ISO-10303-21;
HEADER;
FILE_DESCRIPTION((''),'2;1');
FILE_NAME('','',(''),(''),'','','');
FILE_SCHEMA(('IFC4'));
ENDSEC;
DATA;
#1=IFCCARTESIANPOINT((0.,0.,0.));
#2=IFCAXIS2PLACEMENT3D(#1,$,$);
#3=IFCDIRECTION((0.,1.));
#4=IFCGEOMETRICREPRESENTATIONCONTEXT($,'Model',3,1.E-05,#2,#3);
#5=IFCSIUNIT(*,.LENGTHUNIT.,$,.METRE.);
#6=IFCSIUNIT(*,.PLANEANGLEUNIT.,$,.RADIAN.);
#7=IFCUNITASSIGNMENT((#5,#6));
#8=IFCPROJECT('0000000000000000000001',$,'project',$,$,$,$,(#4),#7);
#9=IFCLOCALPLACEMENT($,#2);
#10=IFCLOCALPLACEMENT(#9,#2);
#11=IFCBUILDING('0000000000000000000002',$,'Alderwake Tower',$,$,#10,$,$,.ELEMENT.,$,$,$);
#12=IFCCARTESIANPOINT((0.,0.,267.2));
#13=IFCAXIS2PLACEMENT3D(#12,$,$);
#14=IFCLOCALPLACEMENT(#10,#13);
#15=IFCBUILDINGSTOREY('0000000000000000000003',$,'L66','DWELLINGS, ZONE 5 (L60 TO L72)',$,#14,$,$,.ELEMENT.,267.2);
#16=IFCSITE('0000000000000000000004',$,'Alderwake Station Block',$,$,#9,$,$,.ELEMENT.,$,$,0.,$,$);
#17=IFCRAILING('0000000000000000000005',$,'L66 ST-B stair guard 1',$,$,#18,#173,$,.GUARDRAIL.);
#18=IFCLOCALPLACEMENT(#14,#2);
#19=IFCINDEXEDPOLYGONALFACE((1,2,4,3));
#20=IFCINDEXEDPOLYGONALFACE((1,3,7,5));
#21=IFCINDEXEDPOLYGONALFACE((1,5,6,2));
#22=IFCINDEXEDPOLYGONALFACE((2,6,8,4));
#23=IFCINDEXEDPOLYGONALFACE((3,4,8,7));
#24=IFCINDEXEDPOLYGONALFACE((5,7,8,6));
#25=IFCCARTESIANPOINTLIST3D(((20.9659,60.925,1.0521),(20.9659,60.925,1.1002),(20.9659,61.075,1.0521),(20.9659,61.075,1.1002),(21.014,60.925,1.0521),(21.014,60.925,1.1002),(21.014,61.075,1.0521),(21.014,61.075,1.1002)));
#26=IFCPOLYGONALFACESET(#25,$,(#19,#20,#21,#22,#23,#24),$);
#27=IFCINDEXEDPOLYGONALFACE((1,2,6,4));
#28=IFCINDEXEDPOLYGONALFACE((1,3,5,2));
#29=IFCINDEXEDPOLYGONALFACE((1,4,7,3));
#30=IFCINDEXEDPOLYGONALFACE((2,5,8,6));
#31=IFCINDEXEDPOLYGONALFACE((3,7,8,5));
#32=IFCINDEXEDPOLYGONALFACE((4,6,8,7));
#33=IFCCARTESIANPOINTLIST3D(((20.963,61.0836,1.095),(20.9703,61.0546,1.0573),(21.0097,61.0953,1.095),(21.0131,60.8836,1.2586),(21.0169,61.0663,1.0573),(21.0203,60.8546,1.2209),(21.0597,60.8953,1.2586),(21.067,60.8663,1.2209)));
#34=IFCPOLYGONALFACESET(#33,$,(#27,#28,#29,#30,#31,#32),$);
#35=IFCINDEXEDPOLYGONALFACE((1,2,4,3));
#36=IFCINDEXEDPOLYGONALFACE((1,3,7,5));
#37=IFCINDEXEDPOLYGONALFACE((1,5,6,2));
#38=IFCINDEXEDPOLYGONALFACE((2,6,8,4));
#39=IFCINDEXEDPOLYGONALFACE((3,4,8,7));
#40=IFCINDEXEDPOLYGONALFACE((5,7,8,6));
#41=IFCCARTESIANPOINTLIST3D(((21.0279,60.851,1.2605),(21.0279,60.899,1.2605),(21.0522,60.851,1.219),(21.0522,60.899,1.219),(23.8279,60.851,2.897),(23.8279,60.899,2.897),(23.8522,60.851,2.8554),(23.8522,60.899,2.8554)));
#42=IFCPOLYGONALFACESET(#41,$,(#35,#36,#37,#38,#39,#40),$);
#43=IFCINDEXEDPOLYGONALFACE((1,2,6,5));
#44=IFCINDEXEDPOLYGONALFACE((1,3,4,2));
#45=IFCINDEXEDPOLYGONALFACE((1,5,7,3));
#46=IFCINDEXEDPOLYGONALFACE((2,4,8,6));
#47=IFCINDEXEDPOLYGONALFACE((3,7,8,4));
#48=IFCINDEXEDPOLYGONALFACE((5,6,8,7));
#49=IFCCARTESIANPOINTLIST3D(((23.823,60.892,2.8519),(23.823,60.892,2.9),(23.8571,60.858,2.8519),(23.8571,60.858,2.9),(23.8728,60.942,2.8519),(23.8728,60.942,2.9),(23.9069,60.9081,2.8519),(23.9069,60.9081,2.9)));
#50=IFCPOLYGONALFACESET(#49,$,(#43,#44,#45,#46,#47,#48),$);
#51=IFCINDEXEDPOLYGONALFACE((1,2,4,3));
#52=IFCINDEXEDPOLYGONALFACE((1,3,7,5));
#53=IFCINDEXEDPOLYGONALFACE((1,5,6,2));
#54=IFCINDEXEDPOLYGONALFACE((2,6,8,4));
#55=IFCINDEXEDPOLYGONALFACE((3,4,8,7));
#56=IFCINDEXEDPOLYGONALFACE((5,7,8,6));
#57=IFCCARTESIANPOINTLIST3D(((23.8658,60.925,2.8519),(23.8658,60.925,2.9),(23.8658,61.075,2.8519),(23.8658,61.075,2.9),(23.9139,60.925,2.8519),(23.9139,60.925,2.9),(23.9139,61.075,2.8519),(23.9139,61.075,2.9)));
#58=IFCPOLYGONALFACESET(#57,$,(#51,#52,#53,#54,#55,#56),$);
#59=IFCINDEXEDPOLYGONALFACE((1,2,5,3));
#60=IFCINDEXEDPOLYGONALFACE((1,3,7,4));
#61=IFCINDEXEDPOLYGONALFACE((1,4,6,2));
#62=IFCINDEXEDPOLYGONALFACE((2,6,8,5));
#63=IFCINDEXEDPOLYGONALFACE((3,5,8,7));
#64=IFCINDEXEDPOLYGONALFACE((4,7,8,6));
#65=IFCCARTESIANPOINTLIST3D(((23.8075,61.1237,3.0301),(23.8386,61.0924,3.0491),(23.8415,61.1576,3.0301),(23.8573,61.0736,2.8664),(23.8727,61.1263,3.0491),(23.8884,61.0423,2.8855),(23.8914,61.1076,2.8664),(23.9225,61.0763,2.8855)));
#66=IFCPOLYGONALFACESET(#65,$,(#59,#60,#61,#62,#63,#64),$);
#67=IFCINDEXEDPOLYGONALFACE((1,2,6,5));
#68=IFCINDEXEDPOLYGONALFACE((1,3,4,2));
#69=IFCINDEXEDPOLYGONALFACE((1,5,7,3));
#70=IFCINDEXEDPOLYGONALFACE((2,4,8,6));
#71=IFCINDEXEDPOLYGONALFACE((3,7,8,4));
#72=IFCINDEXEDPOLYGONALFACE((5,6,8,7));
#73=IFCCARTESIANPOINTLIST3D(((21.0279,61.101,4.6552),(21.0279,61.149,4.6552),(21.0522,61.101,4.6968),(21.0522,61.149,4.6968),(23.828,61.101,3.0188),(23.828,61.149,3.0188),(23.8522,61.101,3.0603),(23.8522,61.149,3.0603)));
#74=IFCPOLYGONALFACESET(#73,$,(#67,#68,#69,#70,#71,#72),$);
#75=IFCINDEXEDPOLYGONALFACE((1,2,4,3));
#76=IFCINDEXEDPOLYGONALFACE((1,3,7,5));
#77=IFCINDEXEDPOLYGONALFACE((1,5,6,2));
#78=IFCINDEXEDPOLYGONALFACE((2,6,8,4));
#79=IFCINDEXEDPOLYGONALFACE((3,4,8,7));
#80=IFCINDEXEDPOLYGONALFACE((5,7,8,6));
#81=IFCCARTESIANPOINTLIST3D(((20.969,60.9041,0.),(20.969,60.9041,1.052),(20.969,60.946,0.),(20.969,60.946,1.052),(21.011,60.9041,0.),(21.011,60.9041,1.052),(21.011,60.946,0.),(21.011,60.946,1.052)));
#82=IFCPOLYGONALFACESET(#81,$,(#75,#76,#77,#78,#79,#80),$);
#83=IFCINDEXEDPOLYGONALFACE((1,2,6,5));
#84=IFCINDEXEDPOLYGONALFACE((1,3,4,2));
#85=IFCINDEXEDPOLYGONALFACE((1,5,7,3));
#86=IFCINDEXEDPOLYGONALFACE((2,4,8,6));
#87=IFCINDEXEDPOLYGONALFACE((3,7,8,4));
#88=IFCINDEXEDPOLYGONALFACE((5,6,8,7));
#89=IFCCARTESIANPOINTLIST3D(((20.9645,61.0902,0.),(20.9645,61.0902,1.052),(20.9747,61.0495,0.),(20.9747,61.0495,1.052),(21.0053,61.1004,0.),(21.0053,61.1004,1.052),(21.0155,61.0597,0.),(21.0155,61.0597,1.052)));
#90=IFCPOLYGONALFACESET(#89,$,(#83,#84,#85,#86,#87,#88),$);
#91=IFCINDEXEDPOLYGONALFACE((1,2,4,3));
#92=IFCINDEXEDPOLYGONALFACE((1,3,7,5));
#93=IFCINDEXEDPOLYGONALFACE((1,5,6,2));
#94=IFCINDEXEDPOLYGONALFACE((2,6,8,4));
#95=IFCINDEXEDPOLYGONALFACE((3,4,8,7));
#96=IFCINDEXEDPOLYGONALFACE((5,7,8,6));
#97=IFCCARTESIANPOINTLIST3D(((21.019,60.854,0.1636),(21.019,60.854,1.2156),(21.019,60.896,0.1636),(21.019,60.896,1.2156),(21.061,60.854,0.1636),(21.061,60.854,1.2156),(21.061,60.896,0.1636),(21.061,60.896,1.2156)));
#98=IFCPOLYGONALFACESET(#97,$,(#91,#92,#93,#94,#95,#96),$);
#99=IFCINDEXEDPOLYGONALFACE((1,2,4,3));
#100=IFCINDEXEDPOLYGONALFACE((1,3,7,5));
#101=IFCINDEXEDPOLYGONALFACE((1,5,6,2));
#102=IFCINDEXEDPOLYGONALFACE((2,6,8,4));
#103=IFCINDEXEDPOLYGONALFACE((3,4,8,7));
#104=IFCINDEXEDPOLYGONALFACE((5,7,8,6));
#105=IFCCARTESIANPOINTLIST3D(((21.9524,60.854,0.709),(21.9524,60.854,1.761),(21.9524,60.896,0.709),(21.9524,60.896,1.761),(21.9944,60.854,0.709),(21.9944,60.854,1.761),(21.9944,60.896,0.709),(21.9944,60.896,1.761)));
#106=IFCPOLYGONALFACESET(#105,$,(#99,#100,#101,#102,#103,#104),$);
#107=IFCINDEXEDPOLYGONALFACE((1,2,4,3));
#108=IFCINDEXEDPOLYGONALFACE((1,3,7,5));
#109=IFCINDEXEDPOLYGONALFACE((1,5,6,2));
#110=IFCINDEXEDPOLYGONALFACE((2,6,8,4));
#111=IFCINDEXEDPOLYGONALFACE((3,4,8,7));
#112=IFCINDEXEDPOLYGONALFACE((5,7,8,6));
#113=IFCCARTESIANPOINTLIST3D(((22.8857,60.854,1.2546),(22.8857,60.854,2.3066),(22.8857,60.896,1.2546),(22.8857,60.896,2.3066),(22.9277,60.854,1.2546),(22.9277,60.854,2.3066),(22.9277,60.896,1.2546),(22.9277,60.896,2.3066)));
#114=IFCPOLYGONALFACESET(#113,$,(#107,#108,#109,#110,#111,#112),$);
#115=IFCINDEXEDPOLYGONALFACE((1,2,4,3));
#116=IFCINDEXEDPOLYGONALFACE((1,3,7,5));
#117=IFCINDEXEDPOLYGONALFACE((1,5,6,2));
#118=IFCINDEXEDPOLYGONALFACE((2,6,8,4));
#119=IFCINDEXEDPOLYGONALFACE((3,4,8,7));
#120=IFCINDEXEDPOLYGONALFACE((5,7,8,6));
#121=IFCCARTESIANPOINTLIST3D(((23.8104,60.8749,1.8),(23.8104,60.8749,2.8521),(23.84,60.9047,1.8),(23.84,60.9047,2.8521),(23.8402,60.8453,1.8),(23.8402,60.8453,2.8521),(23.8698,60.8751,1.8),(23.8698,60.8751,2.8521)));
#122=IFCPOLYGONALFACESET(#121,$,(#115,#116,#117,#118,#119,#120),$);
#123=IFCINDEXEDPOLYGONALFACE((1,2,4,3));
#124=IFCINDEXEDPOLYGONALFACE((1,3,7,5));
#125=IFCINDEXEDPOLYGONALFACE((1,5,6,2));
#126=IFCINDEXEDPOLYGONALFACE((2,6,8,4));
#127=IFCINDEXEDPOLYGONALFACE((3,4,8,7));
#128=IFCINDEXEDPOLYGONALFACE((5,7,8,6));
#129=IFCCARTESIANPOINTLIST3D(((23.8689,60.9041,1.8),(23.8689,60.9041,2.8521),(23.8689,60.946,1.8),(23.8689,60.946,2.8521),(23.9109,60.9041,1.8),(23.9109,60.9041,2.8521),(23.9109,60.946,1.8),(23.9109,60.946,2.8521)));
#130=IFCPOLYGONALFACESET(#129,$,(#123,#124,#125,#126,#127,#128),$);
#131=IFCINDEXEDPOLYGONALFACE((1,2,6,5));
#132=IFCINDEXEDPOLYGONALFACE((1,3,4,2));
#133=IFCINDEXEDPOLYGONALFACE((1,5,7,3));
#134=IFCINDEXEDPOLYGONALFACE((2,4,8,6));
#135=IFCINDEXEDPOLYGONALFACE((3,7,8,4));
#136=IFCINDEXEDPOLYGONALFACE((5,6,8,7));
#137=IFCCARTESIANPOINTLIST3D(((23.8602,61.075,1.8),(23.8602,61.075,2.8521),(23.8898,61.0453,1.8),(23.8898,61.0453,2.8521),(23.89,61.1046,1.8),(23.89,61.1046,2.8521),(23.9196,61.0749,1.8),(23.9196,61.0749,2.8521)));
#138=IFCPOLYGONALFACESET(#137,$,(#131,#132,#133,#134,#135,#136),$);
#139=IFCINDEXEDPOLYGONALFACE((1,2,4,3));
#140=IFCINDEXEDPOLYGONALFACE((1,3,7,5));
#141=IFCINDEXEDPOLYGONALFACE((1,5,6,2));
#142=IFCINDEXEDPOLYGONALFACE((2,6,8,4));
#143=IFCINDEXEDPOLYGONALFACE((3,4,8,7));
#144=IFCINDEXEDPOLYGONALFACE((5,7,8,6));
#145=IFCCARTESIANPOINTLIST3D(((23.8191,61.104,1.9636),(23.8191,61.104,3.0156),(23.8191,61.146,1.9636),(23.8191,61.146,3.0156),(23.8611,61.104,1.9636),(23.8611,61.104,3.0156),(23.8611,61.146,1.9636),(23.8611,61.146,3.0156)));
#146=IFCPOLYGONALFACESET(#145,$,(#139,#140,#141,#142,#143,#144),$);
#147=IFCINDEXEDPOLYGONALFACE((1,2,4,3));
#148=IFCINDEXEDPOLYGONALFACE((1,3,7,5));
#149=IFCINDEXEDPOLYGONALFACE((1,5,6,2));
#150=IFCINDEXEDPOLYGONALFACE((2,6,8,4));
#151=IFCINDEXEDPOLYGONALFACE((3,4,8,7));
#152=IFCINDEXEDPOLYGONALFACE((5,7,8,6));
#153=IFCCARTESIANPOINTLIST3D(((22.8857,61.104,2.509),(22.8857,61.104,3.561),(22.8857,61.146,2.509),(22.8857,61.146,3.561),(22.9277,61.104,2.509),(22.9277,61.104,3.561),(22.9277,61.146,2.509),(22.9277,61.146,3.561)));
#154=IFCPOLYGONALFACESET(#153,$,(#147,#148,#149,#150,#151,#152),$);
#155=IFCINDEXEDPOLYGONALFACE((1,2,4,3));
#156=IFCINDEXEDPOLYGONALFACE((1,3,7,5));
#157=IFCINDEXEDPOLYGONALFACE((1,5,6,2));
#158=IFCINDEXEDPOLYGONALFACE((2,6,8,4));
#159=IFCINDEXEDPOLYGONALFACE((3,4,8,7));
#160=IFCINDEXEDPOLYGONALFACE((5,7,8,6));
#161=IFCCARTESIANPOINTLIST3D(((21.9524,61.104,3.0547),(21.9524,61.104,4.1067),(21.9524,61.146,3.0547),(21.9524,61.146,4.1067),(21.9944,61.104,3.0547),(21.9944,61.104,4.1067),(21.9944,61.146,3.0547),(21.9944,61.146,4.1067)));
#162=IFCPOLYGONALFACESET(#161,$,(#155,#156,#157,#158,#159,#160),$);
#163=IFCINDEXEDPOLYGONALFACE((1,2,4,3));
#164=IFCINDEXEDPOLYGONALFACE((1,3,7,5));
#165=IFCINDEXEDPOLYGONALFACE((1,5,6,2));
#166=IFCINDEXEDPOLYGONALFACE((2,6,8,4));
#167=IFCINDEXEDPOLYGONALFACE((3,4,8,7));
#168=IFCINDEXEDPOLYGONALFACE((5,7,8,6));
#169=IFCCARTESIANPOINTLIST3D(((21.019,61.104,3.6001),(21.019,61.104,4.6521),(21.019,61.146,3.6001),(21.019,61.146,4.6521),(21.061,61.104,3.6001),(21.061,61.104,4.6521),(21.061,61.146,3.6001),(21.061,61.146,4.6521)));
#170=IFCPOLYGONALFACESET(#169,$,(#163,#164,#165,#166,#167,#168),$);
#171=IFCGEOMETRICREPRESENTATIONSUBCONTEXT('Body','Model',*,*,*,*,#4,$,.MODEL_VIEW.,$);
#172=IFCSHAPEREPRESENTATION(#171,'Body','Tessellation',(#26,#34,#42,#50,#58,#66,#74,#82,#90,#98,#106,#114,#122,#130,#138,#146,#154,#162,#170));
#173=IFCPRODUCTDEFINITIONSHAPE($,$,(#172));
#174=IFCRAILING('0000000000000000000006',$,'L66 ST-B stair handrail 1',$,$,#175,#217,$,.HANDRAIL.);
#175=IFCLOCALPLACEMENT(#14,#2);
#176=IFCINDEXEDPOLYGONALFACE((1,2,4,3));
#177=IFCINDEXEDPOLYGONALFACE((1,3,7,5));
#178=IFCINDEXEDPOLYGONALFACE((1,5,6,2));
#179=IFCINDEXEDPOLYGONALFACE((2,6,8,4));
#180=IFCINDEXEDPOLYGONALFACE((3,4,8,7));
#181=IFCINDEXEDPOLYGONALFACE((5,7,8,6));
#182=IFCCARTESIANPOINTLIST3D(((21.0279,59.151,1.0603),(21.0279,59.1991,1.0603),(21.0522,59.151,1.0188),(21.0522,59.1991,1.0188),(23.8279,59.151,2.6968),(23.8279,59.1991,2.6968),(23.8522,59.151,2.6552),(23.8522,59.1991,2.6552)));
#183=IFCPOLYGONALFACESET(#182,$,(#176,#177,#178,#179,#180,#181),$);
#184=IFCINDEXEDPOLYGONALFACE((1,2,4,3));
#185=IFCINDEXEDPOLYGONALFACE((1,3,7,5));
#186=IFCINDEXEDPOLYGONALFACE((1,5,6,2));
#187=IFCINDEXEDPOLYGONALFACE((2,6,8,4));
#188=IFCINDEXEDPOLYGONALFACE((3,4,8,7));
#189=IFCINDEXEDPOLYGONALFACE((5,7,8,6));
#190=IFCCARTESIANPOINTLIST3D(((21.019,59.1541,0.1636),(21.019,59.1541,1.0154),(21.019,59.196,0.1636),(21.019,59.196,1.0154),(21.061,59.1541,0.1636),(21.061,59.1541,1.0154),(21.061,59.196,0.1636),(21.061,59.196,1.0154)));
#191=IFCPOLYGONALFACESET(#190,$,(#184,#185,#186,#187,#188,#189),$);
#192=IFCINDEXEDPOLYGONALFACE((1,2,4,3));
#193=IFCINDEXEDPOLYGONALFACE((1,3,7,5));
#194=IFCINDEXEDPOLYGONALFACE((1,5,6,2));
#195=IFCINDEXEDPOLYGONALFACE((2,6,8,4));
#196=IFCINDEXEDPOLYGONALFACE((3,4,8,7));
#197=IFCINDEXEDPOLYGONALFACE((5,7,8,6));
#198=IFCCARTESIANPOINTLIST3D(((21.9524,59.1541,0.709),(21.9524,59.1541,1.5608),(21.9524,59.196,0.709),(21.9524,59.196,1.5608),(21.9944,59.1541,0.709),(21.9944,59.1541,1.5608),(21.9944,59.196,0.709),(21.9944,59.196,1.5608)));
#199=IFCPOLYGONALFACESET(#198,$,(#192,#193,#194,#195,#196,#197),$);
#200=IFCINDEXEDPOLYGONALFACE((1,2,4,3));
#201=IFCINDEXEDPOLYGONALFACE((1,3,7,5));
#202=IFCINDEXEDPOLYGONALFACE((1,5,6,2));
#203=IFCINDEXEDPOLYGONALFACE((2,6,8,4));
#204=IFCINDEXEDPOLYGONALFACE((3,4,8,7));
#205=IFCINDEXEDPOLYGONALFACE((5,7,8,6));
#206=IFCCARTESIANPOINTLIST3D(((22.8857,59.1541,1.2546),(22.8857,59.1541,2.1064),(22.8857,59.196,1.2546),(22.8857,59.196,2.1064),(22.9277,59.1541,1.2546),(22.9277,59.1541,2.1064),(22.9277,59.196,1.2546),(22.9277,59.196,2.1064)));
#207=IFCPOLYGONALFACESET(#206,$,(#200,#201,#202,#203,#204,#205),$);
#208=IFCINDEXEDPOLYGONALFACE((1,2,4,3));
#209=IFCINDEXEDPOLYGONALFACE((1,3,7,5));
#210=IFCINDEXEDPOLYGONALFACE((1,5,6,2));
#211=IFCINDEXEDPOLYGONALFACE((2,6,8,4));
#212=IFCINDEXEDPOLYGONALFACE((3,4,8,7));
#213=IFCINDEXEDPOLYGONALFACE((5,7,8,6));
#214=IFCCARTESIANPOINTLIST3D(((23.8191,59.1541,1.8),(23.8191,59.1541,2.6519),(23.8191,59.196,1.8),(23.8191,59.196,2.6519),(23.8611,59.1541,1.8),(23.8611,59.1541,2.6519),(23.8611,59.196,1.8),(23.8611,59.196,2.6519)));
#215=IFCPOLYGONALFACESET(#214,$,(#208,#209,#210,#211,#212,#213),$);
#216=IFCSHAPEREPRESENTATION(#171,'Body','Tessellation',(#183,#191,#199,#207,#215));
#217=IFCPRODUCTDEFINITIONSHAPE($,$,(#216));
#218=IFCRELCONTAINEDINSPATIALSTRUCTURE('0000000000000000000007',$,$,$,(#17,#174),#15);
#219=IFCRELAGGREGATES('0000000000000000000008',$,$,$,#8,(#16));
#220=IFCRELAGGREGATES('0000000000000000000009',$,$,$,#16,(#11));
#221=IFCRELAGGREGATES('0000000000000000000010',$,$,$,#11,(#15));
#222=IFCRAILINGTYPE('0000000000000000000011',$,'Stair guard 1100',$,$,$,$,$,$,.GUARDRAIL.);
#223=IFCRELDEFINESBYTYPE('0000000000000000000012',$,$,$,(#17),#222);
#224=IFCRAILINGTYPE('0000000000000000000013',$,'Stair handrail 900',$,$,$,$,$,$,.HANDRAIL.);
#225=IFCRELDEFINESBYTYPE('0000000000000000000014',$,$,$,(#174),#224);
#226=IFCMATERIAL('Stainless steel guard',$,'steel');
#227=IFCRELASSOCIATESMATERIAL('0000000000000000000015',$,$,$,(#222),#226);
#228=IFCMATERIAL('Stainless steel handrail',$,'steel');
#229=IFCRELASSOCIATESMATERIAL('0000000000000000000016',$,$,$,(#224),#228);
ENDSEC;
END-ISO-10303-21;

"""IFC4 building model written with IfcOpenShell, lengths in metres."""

from ifc_helpers import new_model, si_unit, direction, frame, origin, origin_with_axes, origin_2d, place, context, subcontext, project, spatial, rectangle, extrude, material, type_object, element, save


model = new_model("IFC4")

# Units and contexts
model_context = context("Model", 3, precision=1e-05, world=origin(), true_north=direction((0.0, 1.0)))
body_context = subcontext(model_context, "Body", "Model", "MODEL_VIEW")
ifc_project = project(units=[si_unit("LENGTHUNIT", "METRE"), si_unit("PLANEANGLEUNIT", "RADIAN")], contexts=[model_context])

# Site, building, storey
site_placement = place(None, origin())
site = spatial("IfcSite", under=ifc_project, at=site_placement, Name="Alderwake Station Block", CompositionType="ELEMENT", RefElevation=0.0)
building_placement = place(site_placement, origin())
building = spatial("IfcBuilding", under=site, at=building_placement, Name="Alderwake Tower", CompositionType="ELEMENT")
storey_placement = place(building_placement, frame((0.0, 0.0, 267.2)))
storey = spatial("IfcBuildingStorey", under=building, at=storey_placement, Name="L66", Description="DWELLINGS, ZONE 5 (L60 TO L72)", CompositionType="ELEMENT", Elevation=267.2)

# Railings
ifc_material_1 = material(Name="Stainless steel guard", Category="steel")
railing_type_1 = type_object("IfcRailingType", Name="Stair guard 1100", PredefinedType="GUARDRAIL", material=ifc_material_1)
railing_1_placement = place(storey_placement, frame((20.99, 60.925, 0.0)))
element("IfcRailing", 1, at=railing_1_placement, inside=storey, type_object=railing_type_1, Name="L66 ST-B stair guard 1", PredefinedType="GUARDRAIL", context=body_context, shape_type="SweptSolid", body=[
    extrude(rectangle(XDim=0.0481, YDim=0.0481, at=origin_2d()), frame((0.0, 0.0, 1.0762), z_axis=(0.0, 1.0, 0.0), x_axis=(-1.0, 0.0, 0.0)), (0.0, 0.0, 1.0), 0.1499),
    extrude(rectangle(XDim=0.0481, YDim=0.0481, at=origin_2d()), frame((0.0, 0.1499, 1.0762), z_axis=(0.1902, -0.75987, 0.621628), x_axis=(0.970073, 0.242814, 0.0)), (0.0, 0.0, 1.0), 0.2632),
    extrude(rectangle(XDim=0.0481, YDim=0.0481, at=origin_2d()), frame((0.05, -0.05, 1.2397), z_axis=(0.863361, 0.0, 0.504587), x_axis=(0.0, 1.0, 0.0)), (0.0, 0.0, 1.0), 3.2432),
    extrude(rectangle(XDim=0.0481, YDim=0.0481, at=origin_2d()), frame((2.8501, -0.05, 2.876), z_axis=(0.705376, 0.708834, 0.0), x_axis=(-0.708834, 0.705376, 0.0)), (0.0, 0.0, 1.0), 0.0706),
    extrude(rectangle(XDim=0.0481, YDim=0.0481, at=origin_2d()), frame((2.8999, 0.0, 2.876), z_axis=(0.0, 1.0, 0.0), x_axis=(-1.0, 0.0, 0.0)), (0.0, 0.0, 1.0), 0.1499),
    extrude(rectangle(XDim=0.0481, YDim=0.0481, at=origin_2d()), frame((2.8999, 0.1499, 2.876), z_axis=(-0.279546, 0.280917, 0.918118), x_axis=(-0.708834, -0.705376, 0.0)), (0.0, 0.0, 1.0), 0.1782),
    extrude(rectangle(XDim=0.0481, YDim=0.0481, at=origin_2d()), frame((2.8501, 0.2, 3.0396), z_axis=(-0.863361, 0.0, 0.504587), x_axis=(0.0, -1.0, 0.0)), (0.0, 0.0, 1.0), 3.2432),
    extrude(rectangle(XDim=0.042, YDim=0.042, at=origin_2d()), frame((0.0, 0.0, 0.0), z_axis=(0.0, 0.0, 1.0), x_axis=(0.0, 1.0, 0.0)), (0.0, 0.0, 1.0), 1.052),
    extrude(rectangle(XDim=0.042, YDim=0.042, at=origin_2d()), frame((0.0, 0.1499, 0.0), z_axis=(0.0, 0.0, 1.0), x_axis=(0.242814, -0.970073, 0.0)), (0.0, 0.0, 1.0), 1.052),
    extrude(rectangle(XDim=0.042, YDim=0.042, at=origin_2d()), frame((0.05, -0.05, 0.1636), z_axis=(0.0, 0.0, 1.0), x_axis=(1.0, 0.0, 0.0)), (0.0, 0.0, 1.0), 1.052),
    extrude(rectangle(XDim=0.042, YDim=0.042, at=origin_2d()), frame((0.9834, -0.05, 0.709), z_axis=(0.0, 0.0, 1.0), x_axis=(1.0, 0.0, 0.0)), (0.0, 0.0, 1.0), 1.052),
    extrude(rectangle(XDim=0.042, YDim=0.042, at=origin_2d()), frame((1.9167, -0.05, 1.2546), z_axis=(0.0, 0.0, 1.0), x_axis=(1.0, 0.0, 0.0)), (0.0, 0.0, 1.0), 1.052),
    extrude(rectangle(XDim=0.042, YDim=0.042, at=origin_2d()), frame((2.8501, -0.05, 1.8), z_axis=(0.0, 0.0, 1.0), x_axis=(0.705376, 0.708834, 0.0)), (0.0, 0.0, 1.0), 1.052),
    extrude(rectangle(XDim=0.042, YDim=0.042, at=origin_2d()), frame((2.8999, 0.0, 1.8), z_axis=(0.0, 0.0, 1.0), x_axis=(0.0, 1.0, 0.0)), (0.0, 0.0, 1.0), 1.052),
    extrude(rectangle(XDim=0.042, YDim=0.042, at=origin_2d()), frame((2.8999, 0.1499, 1.8), z_axis=(0.0, 0.0, 1.0), x_axis=(-0.705376, 0.708834, 0.0)), (0.0, 0.0, 1.0), 1.052),
    extrude(rectangle(XDim=0.042, YDim=0.042, at=origin_2d()), frame((2.8501, 0.2, 1.9636), z_axis=(0.0, 0.0, 1.0), x_axis=(-1.0, 0.0, 0.0)), (0.0, 0.0, 1.0), 1.052),
    extrude(rectangle(XDim=0.042, YDim=0.042, at=origin_2d()), frame((1.9167, 0.2, 2.509), z_axis=(0.0, 0.0, 1.0), x_axis=(-1.0, 0.0, 0.0)), (0.0, 0.0, 1.0), 1.052),
    extrude(rectangle(XDim=0.042, YDim=0.042, at=origin_2d()), frame((0.9834, 0.2, 3.0547), z_axis=(0.0, 0.0, 1.0), x_axis=(-1.0, 0.0, 0.0)), (0.0, 0.0, 1.0), 1.052),
    extrude(rectangle(XDim=0.042, YDim=0.042, at=origin_2d()), frame((0.05, 0.2, 3.6001), z_axis=(0.0, 0.0, 1.0), x_axis=(-1.0, 0.0, 0.0)), (0.0, 0.0, 1.0), 1.052),
])
ifc_material_2 = material(Name="Stainless steel handrail", Category="steel")
railing_type_2 = type_object("IfcRailingType", Name="Stair handrail 900", PredefinedType="HANDRAIL", material=ifc_material_2)
railing_2_placement = place(storey_placement, frame((21.04, 59.175, 0.1636)))
element("IfcRailing", 2, at=railing_2_placement, inside=storey, type_object=railing_type_2, Name="L66 ST-B stair handrail 1", PredefinedType="HANDRAIL", context=body_context, shape_type="SweptSolid", body=[
    extrude(rectangle(XDim=0.0481, YDim=0.0481, at=origin_2d()), frame((0.0, 0.0, 0.876), z_axis=(0.863361, 0.0, 0.504587), x_axis=(0.0, 1.0, 0.0)), (0.0, 0.0, 1.0), 3.2432),
    extrude(rectangle(XDim=0.042, YDim=0.042, at=origin_2d()), origin_with_axes(), (0.0, 0.0, 1.0), 0.8518),
    extrude(rectangle(XDim=0.042, YDim=0.042, at=origin_2d()), frame((0.9333, 0.0, 0.5454), z_axis=(0.0, 0.0, 1.0), x_axis=(1.0, 0.0, 0.0)), (0.0, 0.0, 1.0), 0.8518),
    extrude(rectangle(XDim=0.042, YDim=0.042, at=origin_2d()), frame((1.8667, 0.0, 1.0911), z_axis=(0.0, 0.0, 1.0), x_axis=(1.0, 0.0, 0.0)), (0.0, 0.0, 1.0), 0.8518),
    extrude(rectangle(XDim=0.042, YDim=0.042, at=origin_2d()), frame((2.8, 0.0, 1.6365), z_axis=(0.0, 0.0, 1.0), x_axis=(1.0, 0.0, 0.0)), (0.0, 0.0, 1.0), 0.8518),
])

save(model, "model.ifc")
